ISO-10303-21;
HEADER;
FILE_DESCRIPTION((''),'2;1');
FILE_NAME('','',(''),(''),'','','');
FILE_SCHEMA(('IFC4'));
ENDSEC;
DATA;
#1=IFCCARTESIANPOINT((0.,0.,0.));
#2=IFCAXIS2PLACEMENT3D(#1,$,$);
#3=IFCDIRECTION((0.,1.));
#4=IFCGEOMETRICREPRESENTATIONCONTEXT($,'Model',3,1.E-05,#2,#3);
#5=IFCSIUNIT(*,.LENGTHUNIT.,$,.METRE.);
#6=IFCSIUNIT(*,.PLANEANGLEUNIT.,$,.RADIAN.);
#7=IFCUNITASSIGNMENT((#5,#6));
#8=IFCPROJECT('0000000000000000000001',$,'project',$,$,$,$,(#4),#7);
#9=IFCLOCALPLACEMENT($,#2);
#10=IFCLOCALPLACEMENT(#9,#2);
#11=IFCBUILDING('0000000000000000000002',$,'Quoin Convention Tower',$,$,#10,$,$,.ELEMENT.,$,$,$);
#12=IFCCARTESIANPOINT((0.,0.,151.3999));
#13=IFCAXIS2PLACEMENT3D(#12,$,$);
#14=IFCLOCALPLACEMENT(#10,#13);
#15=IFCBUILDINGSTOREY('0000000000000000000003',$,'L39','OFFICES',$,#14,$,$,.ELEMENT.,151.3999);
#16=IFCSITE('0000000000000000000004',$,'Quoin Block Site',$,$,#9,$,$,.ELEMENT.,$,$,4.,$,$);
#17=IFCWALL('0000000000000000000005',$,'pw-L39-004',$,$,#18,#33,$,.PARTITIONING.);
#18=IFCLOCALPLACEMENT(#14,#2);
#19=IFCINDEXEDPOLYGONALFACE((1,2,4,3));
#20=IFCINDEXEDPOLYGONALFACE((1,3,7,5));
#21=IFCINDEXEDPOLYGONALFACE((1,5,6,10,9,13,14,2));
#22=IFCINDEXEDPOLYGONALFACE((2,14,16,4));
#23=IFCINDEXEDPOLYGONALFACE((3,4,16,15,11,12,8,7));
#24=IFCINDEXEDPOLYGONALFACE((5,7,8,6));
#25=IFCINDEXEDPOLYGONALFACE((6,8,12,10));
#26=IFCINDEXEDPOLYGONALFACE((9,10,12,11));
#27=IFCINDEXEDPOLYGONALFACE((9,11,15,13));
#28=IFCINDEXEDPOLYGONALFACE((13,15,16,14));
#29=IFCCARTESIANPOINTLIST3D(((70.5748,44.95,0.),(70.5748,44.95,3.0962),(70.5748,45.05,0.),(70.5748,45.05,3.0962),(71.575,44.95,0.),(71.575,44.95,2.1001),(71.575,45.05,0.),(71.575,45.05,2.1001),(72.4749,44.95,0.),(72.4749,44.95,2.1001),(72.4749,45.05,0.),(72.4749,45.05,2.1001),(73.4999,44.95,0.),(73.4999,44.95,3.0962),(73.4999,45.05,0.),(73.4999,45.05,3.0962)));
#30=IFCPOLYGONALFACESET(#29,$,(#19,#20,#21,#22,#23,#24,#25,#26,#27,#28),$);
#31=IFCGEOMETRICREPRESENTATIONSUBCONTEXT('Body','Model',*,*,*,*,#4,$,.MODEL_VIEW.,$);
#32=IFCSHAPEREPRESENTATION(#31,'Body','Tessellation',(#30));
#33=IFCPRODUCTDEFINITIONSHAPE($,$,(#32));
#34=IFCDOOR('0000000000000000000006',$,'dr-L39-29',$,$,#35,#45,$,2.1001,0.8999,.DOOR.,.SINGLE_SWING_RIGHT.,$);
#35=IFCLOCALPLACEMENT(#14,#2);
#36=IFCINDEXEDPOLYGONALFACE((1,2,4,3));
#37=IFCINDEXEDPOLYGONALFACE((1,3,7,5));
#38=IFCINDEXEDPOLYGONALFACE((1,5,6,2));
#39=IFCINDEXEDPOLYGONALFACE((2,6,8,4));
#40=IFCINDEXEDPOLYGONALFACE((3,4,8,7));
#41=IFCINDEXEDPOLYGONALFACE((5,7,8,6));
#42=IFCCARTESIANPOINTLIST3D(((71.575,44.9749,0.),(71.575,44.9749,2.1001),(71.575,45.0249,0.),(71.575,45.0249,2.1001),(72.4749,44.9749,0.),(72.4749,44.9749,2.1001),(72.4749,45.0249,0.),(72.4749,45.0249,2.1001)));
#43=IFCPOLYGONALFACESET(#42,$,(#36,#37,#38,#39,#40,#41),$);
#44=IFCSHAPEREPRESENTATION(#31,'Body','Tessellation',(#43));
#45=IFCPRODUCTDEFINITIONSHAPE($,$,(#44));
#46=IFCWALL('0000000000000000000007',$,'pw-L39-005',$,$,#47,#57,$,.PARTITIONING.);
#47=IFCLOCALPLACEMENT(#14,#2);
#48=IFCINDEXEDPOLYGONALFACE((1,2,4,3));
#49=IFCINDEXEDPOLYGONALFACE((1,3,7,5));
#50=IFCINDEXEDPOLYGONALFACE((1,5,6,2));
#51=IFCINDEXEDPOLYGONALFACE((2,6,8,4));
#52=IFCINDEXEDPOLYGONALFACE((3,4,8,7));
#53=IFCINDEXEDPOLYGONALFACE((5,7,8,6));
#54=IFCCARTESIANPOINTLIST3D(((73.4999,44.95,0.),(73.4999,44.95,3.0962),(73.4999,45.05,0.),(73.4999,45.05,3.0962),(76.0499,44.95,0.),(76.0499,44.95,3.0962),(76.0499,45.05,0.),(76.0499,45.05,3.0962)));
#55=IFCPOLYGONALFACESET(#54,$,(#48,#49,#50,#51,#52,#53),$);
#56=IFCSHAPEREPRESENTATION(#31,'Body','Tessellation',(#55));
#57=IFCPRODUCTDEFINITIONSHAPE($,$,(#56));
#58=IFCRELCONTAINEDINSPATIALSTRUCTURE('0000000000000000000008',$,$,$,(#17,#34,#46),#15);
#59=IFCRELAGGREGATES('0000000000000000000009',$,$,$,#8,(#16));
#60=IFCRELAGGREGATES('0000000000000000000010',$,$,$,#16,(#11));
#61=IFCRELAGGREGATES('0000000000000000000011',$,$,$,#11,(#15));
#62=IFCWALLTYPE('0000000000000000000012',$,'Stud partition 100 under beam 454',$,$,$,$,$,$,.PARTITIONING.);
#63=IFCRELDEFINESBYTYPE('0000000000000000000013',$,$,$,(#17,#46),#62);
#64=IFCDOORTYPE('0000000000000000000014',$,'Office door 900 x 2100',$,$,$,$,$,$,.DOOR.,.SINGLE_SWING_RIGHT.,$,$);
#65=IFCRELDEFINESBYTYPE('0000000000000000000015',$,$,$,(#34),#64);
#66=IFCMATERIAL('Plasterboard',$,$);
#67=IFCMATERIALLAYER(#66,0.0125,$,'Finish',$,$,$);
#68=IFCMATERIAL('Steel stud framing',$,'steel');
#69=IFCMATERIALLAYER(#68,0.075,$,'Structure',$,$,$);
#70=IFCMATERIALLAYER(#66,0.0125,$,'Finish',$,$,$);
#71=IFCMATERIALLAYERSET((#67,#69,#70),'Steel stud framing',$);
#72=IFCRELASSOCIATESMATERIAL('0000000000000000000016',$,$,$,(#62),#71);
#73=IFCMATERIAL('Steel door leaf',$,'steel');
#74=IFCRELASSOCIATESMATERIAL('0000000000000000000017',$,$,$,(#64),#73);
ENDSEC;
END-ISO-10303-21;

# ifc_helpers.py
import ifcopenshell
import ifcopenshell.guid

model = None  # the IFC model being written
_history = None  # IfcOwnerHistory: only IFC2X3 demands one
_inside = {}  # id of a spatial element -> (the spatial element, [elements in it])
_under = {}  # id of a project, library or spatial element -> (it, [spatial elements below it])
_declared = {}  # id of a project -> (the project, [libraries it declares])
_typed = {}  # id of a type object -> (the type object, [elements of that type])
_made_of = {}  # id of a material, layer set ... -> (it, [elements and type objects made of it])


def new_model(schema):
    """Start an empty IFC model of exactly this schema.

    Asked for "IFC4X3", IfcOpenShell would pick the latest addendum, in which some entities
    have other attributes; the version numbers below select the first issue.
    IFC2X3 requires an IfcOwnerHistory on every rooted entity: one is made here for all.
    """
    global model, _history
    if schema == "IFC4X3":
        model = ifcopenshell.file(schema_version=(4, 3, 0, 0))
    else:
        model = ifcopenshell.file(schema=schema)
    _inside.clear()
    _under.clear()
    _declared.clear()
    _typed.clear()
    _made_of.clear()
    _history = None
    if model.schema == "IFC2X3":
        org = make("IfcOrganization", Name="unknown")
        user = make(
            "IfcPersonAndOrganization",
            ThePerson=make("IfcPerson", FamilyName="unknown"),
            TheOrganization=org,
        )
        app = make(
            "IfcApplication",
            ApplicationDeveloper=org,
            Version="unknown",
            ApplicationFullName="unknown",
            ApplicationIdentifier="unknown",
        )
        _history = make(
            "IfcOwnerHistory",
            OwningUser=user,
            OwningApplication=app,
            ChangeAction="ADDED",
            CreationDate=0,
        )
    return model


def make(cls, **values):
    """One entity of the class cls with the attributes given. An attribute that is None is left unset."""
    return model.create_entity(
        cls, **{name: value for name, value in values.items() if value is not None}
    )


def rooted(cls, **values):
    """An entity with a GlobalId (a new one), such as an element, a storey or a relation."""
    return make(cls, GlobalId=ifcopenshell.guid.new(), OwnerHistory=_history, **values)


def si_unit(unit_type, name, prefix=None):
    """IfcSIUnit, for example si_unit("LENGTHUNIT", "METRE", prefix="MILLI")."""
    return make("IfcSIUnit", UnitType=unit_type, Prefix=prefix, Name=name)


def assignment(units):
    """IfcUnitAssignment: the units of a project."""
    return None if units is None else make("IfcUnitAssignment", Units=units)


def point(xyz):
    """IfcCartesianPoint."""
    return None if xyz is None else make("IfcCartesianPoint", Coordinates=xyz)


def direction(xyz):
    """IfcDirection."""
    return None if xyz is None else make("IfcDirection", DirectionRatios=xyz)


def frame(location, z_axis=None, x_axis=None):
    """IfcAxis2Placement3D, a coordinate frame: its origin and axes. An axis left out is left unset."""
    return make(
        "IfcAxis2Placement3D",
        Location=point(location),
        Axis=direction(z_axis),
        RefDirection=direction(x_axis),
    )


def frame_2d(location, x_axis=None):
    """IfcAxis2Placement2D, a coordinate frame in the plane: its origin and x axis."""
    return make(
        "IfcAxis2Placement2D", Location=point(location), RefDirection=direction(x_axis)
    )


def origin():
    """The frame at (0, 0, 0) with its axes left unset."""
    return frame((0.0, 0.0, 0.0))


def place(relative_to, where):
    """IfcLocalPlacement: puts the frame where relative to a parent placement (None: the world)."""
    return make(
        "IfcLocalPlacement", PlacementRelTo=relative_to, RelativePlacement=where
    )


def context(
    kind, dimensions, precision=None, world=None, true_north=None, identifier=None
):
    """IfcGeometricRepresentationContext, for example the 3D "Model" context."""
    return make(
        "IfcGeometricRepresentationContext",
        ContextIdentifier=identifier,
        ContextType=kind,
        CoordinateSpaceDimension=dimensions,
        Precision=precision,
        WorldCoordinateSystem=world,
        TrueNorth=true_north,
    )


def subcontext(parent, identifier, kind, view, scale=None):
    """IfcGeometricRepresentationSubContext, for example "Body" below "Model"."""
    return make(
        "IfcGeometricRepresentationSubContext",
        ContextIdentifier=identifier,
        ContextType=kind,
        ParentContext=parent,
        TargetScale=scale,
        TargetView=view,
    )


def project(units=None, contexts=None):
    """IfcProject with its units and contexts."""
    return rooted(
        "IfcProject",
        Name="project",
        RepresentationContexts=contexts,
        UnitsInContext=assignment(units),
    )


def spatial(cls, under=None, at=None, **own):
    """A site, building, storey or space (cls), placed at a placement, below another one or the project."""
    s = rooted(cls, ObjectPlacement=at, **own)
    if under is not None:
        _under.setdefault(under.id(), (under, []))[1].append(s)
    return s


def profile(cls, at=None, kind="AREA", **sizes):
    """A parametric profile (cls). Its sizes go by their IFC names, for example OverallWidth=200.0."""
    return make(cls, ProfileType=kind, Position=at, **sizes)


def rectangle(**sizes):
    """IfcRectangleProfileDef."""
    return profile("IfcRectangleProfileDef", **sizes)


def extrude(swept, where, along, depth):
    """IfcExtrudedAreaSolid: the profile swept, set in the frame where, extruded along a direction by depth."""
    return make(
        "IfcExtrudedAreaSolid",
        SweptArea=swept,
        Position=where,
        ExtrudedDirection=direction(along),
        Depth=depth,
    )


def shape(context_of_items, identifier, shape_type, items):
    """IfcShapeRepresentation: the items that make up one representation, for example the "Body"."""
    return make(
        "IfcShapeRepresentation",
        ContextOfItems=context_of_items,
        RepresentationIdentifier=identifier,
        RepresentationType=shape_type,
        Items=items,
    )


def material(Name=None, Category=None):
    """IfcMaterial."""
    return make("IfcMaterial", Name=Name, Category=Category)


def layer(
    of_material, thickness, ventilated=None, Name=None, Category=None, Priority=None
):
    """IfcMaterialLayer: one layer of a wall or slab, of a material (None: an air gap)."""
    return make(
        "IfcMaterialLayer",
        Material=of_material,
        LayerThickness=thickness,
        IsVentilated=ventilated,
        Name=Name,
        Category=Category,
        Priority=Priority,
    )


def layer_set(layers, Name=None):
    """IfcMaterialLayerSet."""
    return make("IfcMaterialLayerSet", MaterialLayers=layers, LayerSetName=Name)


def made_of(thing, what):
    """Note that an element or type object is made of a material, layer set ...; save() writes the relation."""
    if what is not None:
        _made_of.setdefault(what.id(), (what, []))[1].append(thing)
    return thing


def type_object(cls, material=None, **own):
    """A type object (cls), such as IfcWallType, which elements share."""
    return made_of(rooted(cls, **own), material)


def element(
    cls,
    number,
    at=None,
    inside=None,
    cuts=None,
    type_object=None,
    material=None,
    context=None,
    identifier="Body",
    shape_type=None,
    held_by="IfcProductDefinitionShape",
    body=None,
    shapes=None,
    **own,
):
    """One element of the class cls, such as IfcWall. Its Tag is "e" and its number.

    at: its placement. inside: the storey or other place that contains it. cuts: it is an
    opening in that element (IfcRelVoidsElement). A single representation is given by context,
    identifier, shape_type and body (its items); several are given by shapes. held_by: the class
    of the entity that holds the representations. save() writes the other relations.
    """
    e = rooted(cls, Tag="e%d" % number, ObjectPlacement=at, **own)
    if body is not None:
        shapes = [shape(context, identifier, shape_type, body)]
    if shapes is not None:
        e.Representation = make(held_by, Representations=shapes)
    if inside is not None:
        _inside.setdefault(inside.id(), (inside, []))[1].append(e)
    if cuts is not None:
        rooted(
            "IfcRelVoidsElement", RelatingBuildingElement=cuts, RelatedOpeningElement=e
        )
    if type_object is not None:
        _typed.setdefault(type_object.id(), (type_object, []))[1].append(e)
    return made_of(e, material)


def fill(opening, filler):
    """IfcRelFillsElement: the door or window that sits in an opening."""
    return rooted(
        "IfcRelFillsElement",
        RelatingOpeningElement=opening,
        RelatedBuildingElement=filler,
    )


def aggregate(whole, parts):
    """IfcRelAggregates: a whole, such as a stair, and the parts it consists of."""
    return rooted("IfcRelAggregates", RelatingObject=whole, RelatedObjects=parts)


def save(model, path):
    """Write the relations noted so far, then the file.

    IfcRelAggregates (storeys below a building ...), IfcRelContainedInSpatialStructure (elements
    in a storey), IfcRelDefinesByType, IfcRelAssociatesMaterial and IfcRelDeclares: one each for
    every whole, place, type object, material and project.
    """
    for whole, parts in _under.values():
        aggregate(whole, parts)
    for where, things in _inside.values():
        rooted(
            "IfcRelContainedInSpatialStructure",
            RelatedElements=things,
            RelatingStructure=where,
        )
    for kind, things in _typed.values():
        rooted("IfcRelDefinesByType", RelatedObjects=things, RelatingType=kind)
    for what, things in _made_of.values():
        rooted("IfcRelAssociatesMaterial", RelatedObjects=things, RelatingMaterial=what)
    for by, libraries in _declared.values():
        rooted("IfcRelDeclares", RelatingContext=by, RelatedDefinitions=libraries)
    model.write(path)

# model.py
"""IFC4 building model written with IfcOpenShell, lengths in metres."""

from ifc_helpers import new_model, si_unit, direction, frame, frame_2d, origin, place, context, subcontext, project, spatial, rectangle, extrude, material, layer, layer_set, type_object, element, fill, save


model = new_model("IFC4")

# Units and contexts
model_context = context("Model", 3, precision=1e-05, world=origin(), true_north=direction((0.0, 1.0)))
body_context = subcontext(model_context, "Body", "Model", "MODEL_VIEW")
ifc_project = project(units=[si_unit("LENGTHUNIT", "METRE"), si_unit("PLANEANGLEUNIT", "RADIAN")], contexts=[model_context])

# Site, building, storey
site_placement = place(None, origin())
site = spatial("IfcSite", under=ifc_project, at=site_placement, Name="Quoin Block Site", CompositionType="ELEMENT", RefElevation=4.0)
building_placement = place(site_placement, origin())
building = spatial("IfcBuilding", under=site, at=building_placement, Name="Quoin Convention Tower", CompositionType="ELEMENT")
storey_placement = place(building_placement, frame((0.0, 0.0, 151.3999)))
storey = spatial("IfcBuildingStorey", under=building, at=storey_placement, Name="L39", Description="OFFICES", CompositionType="ELEMENT", Elevation=151.3999)

# Shared definitions
ifc_material_1 = material(Name="Plasterboard")
ifc_material_2 = material(Name="Steel stud framing", Category="steel")
ifc_material_3 = material(Name="Steel door leaf", Category="steel")

# Wall, opening, door
ifc_layer_1 = layer(ifc_material_1, 0.0125, Name="Finish")
ifc_layer_2 = layer(ifc_material_2, 0.075, Name="Structure")
ifc_layer_3 = layer(ifc_material_1, 0.0125, Name="Finish")
ifc_layer_set_1 = layer_set([ifc_layer_1, ifc_layer_2, ifc_layer_3], Name="Steel stud framing")
wall_type_1 = type_object("IfcWallType", Name="Stud partition 100 under beam 454", PredefinedType="PARTITIONING", material=ifc_layer_set_1)
wall_1_placement = place(storey_placement, frame((70.575, 45.0, 0.0), z_axis=(0.0, 0.0, 1.0), x_axis=(1.0, 0.0, 0.0)))
wall_1 = element("IfcWall", 1, at=wall_1_placement, inside=storey, type_object=wall_type_1, Name="pw-L39-004", PredefinedType="PARTITIONING", context=body_context, shape_type="SweptSolid", body=[
    extrude(rectangle(XDim=2.925, YDim=0.1001, at=frame_2d((1.4624, 0.0))), origin(), (0.0, 0.0, 1.0), 3.0962),
])
opening_1_placement = place(wall_1_placement, frame((1.0, 0.0, 0.0)))
opening_1 = element("IfcOpeningElement", 2, at=opening_1_placement, cuts=wall_1, PredefinedType="OPENING", context=body_context, shape_type="SweptSolid", body=[
    extrude(rectangle(XDim=0.8999, YDim=2.1001, at=frame_2d((0.45, 1.05))), frame((0.0, 0.0601, 0.0), z_axis=(0.0, -1.0, 0.0), x_axis=(1.0, 0.0, 0.0)), (0.0, 0.0, 1.0), 0.1201),
])
door_type_1 = type_object("IfcDoorType", Name="Office door 900 x 2100", OperationType="SINGLE_SWING_RIGHT", PredefinedType="DOOR", material=ifc_material_3)
door_1_placement = place(opening_1_placement, origin())
door_1 = element("IfcDoor", 3, at=door_1_placement, inside=storey, type_object=door_type_1, Name="dr-L39-29", OperationType="SINGLE_SWING_RIGHT", OverallHeight=2.1001, OverallWidth=0.8999, PredefinedType="DOOR", context=body_context, shape_type="SweptSolid", body=[
    extrude(rectangle(XDim=0.8999, YDim=2.1001, at=frame_2d((0.45, 1.05))), frame((0.0, 0.0249, 0.0), z_axis=(0.0, -1.0, 0.0), x_axis=(1.0, 0.0, 0.0)), (0.0, 0.0, 1.0), 0.05),
])
fill(opening_1, door_1)

# Wall
wall_2_placement = place(storey_placement, frame((73.5, 45.0, 0.0), z_axis=(0.0, 0.0, 1.0), x_axis=(1.0, 0.0, 0.0)))
element("IfcWall", 4, at=wall_2_placement, inside=storey, type_object=wall_type_1, Name="pw-L39-005", PredefinedType="PARTITIONING", context=body_context, shape_type="SweptSolid", body=[
    extrude(rectangle(XDim=2.55, YDim=0.1001, at=frame_2d((1.2749, 0.0))), origin(), (0.0, 0.0, 1.0), 3.0962),
])

save(model, "model.ifc")
